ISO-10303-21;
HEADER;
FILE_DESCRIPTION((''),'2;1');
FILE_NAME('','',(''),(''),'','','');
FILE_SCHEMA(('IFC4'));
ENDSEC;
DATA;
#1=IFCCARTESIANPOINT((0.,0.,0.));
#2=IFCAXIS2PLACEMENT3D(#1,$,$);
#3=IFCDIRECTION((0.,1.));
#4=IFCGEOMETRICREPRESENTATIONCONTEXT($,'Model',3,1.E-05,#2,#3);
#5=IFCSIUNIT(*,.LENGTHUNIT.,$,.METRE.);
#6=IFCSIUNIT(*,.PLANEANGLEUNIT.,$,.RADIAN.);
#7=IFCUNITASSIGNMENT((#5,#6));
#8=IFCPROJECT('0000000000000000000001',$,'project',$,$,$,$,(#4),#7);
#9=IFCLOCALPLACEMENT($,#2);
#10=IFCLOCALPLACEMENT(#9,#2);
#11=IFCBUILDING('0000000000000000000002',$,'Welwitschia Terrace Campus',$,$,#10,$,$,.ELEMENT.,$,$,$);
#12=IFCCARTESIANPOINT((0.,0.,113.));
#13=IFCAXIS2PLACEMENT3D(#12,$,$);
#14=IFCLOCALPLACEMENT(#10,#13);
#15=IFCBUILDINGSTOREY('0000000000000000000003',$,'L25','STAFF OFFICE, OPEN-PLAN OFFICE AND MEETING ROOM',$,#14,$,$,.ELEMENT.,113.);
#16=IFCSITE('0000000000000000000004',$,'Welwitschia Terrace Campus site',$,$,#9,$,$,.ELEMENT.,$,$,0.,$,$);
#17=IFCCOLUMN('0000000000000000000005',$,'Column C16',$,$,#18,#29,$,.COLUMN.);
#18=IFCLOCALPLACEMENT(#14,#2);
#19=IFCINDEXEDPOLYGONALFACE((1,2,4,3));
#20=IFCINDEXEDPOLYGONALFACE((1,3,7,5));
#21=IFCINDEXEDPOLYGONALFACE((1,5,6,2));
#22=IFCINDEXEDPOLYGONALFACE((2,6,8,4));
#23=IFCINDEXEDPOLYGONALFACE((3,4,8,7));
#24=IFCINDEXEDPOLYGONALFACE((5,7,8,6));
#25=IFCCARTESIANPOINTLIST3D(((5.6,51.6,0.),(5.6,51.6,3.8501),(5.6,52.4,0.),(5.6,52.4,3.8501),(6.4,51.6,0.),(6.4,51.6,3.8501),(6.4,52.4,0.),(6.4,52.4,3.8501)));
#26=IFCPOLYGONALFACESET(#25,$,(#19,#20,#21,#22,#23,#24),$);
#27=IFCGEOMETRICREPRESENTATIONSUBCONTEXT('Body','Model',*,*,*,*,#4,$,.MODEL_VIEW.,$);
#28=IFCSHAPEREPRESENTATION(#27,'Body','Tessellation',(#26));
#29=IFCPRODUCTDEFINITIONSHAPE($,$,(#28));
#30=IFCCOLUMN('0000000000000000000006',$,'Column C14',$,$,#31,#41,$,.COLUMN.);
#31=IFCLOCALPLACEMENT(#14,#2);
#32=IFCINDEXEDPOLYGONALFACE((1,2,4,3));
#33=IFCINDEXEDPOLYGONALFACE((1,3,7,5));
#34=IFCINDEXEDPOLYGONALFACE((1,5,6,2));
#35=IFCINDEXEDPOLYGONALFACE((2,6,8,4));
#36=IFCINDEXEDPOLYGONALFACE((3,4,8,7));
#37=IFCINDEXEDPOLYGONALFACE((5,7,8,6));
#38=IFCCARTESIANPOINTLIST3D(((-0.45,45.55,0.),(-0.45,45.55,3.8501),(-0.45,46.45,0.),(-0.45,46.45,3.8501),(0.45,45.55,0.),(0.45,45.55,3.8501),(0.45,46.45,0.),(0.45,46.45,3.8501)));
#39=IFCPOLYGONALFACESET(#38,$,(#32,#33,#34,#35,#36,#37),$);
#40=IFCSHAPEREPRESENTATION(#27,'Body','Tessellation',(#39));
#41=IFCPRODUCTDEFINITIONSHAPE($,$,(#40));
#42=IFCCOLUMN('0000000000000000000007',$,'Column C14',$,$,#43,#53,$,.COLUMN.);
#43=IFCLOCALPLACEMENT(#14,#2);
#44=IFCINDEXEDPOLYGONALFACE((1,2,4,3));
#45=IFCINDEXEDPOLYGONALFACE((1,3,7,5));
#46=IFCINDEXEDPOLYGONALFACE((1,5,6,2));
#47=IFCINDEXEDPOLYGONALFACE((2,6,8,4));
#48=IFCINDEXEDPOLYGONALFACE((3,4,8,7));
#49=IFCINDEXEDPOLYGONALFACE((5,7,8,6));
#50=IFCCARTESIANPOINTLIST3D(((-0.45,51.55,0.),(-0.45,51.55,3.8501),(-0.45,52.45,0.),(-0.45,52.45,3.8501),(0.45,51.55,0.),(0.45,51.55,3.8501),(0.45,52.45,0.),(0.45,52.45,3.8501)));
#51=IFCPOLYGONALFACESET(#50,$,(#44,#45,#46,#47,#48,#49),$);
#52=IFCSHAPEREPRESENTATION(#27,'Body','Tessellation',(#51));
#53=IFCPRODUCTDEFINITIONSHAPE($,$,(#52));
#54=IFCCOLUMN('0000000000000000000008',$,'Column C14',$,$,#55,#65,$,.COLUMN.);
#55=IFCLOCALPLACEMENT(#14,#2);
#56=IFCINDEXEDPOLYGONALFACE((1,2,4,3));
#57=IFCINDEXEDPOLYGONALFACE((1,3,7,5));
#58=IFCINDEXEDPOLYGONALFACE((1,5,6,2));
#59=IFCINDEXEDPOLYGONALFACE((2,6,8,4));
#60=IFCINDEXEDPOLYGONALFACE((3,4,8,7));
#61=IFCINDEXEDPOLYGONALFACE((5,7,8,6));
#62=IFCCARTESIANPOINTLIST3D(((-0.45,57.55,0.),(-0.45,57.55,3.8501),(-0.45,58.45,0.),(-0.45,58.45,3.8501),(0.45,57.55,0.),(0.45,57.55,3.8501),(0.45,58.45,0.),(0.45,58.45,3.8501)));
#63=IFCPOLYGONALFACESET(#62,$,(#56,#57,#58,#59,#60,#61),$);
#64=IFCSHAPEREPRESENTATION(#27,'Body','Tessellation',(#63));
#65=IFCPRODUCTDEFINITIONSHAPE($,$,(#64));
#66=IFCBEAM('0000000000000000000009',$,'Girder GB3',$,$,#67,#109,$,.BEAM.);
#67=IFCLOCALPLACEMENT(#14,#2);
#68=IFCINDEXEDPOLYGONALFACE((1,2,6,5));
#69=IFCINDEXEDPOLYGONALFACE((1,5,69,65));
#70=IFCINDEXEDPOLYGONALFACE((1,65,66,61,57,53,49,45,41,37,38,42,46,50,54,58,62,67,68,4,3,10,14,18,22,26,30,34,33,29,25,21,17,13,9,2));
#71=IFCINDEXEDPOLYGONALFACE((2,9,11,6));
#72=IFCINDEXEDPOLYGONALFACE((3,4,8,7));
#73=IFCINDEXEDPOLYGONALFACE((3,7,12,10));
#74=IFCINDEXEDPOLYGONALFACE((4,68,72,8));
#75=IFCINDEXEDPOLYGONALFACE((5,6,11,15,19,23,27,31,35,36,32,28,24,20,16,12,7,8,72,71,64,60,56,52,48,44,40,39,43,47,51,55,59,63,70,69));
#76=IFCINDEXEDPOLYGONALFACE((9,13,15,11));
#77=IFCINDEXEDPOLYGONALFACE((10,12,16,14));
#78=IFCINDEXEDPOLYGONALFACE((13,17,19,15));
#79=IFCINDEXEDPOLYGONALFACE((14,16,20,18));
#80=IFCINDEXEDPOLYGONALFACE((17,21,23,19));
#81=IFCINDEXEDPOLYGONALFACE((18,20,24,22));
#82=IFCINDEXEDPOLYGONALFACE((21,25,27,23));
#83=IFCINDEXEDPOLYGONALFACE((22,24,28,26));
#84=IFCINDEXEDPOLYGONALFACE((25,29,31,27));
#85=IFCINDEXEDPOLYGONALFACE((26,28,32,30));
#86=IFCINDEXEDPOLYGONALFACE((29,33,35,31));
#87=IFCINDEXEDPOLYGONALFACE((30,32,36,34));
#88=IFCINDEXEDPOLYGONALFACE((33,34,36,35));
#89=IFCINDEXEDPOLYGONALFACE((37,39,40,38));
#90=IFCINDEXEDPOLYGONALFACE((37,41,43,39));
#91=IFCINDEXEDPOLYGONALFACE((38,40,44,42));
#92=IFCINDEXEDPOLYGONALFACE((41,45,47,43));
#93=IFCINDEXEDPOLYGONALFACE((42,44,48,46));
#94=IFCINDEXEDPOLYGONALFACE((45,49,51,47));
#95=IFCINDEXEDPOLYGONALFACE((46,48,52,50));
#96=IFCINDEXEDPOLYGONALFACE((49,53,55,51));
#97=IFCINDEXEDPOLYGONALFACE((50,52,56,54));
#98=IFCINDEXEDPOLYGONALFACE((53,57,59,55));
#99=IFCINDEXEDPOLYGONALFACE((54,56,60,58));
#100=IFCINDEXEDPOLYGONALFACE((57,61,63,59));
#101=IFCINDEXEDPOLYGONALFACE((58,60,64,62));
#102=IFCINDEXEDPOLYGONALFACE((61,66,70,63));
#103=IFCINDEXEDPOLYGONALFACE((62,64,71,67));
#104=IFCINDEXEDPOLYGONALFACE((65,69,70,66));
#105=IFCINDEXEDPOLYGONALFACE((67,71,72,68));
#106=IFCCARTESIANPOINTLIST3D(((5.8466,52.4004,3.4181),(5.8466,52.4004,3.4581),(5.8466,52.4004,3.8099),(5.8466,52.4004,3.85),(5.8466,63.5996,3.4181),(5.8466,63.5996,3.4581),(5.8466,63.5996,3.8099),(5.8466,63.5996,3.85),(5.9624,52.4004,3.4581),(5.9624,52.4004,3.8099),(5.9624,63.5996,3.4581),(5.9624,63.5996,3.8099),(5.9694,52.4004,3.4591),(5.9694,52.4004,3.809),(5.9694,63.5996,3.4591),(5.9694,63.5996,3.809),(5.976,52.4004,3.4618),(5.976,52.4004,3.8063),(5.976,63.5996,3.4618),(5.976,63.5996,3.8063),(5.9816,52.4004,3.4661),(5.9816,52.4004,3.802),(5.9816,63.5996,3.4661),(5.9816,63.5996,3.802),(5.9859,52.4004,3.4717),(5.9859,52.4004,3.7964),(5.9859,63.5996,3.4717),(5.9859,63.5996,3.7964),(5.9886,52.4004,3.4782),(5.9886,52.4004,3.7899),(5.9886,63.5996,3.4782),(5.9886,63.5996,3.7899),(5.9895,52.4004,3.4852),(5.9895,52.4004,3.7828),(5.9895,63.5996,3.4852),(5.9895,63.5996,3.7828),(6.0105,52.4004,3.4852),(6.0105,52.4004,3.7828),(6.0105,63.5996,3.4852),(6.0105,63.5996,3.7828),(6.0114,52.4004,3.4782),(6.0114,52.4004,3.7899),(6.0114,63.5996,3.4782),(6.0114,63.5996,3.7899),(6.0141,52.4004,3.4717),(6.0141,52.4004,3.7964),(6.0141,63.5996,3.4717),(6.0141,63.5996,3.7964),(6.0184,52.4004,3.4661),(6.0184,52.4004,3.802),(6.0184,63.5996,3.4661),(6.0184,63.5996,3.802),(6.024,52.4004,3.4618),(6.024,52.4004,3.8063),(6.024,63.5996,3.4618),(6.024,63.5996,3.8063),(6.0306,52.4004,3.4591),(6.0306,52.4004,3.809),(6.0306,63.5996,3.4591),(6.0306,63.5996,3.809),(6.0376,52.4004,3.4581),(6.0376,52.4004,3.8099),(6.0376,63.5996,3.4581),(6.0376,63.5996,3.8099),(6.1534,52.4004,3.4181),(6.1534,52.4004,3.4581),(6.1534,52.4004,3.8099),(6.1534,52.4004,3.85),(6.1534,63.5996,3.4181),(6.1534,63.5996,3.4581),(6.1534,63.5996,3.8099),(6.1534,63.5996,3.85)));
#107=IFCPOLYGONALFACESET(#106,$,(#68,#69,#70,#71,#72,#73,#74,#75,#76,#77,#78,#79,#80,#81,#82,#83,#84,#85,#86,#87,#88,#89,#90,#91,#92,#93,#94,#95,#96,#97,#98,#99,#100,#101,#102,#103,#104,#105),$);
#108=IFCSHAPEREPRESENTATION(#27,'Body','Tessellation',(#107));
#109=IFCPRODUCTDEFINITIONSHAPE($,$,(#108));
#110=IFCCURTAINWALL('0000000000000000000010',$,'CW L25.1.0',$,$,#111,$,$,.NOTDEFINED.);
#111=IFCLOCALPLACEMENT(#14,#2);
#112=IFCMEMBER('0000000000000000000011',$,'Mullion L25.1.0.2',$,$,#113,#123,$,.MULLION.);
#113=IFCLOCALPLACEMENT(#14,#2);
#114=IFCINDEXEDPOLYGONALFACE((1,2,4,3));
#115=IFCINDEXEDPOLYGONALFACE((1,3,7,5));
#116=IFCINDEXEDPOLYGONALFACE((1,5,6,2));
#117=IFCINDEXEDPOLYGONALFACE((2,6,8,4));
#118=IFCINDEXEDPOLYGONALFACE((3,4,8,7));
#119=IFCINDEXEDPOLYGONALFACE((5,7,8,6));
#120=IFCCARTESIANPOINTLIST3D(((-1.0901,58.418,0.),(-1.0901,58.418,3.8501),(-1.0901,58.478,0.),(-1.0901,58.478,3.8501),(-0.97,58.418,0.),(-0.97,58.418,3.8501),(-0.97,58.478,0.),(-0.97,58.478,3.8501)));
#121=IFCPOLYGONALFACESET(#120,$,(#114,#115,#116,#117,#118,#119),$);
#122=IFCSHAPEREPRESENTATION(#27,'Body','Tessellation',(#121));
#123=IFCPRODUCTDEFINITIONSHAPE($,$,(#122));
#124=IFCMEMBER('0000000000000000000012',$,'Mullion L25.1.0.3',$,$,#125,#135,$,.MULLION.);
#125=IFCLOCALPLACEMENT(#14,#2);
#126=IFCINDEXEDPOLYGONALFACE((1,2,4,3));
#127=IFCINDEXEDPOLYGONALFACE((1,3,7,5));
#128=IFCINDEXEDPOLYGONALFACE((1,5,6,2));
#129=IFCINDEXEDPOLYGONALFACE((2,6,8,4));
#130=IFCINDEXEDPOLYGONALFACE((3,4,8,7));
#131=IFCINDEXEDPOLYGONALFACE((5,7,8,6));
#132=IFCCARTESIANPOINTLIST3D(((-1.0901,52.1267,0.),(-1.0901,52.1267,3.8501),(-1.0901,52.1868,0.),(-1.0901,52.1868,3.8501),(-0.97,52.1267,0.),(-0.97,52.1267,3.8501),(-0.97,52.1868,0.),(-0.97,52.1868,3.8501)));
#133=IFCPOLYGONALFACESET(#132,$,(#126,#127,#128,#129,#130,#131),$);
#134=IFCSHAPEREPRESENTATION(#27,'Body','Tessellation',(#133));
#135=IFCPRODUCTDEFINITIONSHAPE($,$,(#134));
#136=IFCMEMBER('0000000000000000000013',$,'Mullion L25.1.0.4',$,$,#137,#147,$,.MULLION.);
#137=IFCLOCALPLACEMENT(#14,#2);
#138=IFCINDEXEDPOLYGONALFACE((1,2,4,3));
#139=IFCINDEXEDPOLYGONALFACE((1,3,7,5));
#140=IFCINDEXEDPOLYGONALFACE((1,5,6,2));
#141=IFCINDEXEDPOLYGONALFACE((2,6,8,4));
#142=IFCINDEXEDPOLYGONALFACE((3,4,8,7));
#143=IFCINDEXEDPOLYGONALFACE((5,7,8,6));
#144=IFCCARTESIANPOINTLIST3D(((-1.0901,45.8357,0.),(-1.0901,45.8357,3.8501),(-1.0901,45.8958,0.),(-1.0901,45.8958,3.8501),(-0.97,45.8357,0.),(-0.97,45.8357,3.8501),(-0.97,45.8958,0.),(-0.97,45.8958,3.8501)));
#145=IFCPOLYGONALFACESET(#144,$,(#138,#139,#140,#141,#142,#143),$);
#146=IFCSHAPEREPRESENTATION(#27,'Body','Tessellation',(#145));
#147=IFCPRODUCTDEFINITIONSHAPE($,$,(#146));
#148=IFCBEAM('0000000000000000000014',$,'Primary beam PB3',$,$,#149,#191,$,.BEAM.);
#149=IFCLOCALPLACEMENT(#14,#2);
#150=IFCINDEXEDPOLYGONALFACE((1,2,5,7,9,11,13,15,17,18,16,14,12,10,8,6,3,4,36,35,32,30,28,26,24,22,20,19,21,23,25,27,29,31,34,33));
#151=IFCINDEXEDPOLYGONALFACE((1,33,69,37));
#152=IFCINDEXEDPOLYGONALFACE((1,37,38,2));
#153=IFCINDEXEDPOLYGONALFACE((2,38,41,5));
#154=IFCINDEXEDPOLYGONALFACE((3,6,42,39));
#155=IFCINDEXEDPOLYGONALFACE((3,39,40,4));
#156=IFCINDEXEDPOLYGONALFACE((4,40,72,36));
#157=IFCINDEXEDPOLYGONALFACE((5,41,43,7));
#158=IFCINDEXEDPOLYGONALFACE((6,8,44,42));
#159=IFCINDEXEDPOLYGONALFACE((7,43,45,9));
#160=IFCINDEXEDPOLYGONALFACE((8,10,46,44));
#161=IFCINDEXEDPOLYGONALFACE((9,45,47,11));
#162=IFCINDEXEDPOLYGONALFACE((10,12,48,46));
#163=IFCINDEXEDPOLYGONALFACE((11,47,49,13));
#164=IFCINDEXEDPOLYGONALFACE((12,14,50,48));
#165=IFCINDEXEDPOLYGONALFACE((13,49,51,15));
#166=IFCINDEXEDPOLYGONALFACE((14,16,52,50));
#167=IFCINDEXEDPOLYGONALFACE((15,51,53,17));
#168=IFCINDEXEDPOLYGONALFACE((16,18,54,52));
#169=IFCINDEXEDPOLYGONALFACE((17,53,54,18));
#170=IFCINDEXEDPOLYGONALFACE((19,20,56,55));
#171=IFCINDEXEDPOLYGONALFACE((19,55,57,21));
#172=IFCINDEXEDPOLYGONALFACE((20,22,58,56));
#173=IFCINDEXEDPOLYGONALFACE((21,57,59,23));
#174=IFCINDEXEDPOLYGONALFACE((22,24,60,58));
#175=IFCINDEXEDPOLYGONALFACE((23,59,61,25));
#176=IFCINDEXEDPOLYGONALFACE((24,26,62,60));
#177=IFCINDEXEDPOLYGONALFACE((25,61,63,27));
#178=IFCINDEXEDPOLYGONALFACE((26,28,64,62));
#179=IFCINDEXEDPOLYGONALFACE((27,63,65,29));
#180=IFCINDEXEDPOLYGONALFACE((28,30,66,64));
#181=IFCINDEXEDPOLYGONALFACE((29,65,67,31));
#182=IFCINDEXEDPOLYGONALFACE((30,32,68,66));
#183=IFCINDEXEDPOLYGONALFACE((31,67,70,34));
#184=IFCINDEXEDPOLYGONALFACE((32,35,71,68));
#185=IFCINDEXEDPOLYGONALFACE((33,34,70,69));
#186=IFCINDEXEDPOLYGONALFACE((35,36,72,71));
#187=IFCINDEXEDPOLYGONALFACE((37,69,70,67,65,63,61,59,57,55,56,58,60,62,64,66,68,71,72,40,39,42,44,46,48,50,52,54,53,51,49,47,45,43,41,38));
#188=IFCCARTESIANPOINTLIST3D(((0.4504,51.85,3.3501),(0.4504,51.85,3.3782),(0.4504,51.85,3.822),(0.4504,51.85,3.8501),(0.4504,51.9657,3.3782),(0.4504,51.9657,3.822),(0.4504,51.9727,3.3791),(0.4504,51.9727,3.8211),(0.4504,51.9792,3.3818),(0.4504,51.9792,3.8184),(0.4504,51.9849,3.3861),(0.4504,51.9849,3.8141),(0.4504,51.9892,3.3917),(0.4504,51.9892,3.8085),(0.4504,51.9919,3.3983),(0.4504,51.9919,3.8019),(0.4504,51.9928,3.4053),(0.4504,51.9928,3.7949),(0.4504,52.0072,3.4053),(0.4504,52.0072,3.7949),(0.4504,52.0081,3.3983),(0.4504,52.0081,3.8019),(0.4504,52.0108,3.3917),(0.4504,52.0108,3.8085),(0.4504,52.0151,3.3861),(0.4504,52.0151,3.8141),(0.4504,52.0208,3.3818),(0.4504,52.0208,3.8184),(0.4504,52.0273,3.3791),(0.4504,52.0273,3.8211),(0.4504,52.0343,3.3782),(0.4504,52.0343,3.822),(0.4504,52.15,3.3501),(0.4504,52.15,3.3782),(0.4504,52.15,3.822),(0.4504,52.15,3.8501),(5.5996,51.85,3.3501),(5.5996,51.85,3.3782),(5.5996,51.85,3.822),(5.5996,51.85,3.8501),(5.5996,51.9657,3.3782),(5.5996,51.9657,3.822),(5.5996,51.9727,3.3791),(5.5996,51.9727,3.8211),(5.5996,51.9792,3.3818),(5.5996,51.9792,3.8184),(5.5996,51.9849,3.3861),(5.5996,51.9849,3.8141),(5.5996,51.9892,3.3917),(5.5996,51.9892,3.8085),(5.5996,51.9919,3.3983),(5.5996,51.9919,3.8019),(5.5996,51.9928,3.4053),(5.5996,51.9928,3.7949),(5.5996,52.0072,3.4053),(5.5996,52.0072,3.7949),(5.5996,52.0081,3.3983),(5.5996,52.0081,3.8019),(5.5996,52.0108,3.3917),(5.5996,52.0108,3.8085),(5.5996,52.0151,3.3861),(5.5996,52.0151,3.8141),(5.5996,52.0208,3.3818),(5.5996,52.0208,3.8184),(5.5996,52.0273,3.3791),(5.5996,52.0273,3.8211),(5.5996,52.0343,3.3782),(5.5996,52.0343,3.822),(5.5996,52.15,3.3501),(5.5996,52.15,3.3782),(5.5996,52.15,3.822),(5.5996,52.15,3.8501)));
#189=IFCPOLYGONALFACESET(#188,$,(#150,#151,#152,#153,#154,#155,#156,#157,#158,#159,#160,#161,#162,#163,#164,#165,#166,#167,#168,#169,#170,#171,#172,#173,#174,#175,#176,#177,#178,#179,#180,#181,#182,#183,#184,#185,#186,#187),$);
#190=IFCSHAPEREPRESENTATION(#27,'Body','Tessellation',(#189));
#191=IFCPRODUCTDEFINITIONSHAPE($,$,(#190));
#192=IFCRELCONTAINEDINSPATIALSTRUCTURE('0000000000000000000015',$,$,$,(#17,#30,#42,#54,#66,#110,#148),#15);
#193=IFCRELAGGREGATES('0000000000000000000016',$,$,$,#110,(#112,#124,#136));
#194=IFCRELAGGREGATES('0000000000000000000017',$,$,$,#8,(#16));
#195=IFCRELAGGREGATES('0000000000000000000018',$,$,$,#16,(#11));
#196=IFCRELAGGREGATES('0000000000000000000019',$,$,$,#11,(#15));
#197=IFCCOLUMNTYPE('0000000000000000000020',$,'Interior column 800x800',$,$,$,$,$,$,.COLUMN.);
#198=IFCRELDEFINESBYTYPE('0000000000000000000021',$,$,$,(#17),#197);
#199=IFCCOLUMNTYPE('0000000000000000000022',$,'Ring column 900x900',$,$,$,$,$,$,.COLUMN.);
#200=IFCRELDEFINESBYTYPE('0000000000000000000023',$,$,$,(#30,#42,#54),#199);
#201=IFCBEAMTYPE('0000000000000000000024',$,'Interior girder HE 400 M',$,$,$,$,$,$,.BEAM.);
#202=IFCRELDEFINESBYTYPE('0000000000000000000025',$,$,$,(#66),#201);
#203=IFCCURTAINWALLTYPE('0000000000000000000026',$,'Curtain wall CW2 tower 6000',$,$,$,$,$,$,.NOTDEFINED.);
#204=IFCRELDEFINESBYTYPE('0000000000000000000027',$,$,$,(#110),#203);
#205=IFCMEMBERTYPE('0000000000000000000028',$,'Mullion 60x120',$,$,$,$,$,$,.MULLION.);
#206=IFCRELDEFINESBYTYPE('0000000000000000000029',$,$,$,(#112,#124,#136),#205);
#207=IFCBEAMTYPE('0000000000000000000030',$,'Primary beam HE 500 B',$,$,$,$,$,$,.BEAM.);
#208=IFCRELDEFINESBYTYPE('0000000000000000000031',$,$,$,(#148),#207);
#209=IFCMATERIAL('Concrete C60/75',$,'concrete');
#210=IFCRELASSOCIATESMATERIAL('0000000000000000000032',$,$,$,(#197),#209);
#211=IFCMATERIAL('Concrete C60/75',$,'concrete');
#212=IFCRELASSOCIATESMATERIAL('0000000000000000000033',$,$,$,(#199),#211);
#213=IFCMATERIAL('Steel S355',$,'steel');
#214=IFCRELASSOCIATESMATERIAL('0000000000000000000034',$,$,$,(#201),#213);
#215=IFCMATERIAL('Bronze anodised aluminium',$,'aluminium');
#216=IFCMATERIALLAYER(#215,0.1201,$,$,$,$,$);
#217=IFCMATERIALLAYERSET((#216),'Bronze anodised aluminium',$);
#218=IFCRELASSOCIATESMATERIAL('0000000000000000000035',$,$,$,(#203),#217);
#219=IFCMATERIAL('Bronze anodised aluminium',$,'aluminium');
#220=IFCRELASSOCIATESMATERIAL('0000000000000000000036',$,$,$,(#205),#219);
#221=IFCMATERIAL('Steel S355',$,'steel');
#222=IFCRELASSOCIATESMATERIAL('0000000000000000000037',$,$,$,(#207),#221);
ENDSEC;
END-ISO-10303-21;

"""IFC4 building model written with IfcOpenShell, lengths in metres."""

from ifc_helpers import new_model, si_unit, direction, frame, origin, origin_2d, place, context, subcontext, project, spatial, rectangle, i_section, extrude, material, layer, layer_set, material_profile, profile_set, type_object, element, aggregate, save


model = new_model("IFC4")

# Units and contexts
model_context = context("Model", 3, precision=1e-05, world=origin(), true_north=direction((0.0, 1.0)))
body_context = subcontext(model_context, "Body", "Model", "MODEL_VIEW")
ifc_project = project(units=[si_unit("LENGTHUNIT", "METRE"), si_unit("PLANEANGLEUNIT", "RADIAN")], contexts=[model_context])

# Site, building, storey
site_placement = place(None, origin())
site = spatial("IfcSite", under=ifc_project, at=site_placement, Name="Welwitschia Terrace Campus site", CompositionType="ELEMENT", RefElevation=0.0)
building_placement = place(site_placement, origin())
building = spatial("IfcBuilding", under=site, at=building_placement, Name="Welwitschia Terrace Campus", CompositionType="ELEMENT")
storey_placement = place(building_placement, frame((0.0, 0.0, 113.0)))
storey = spatial("IfcBuildingStorey", under=building, at=storey_placement, Name="L25", Description="STAFF OFFICE, OPEN-PLAN OFFICE AND MEETING ROOM", CompositionType="ELEMENT", Elevation=113.0)

# Columns
ifc_material_1 = material(Name="Concrete C60/75", Category="concrete")
ifc_material_profile_1 = material_profile(ifc_material_1, rectangle(XDim=0.8, YDim=0.8, at=origin_2d()))
ifc_profile_set_1 = profile_set([ifc_material_profile_1], Name="Concrete C60/75")
column_type_1 = type_object("IfcColumnType", Name="Interior column 800x800", PredefinedType="COLUMN", material=ifc_profile_set_1)
column_placement = place(storey_placement, frame((6.0, 52.0, 0.0), z_axis=(0.0, 0.0, 1.0), x_axis=(1.0, 0.0, 0.0)))
element("IfcColumn", 1, at=column_placement, inside=storey, type_object=column_type_1, Name="Column C16", PredefinedType="COLUMN", context=body_context, shape_type="SweptSolid", body=[
    extrude(rectangle(XDim=0.8, YDim=0.8, at=origin_2d()), origin(), (0.0, 0.0, 1.0), 3.8501),
])
ifc_material_2 = material(Name="Concrete C60/75", Category="concrete")
ifc_material_profile_2 = material_profile(ifc_material_2, rectangle(XDim=0.8999, YDim=0.8999, at=origin_2d()))
ifc_profile_set_2 = profile_set([ifc_material_profile_2], Name="Concrete C60/75")
column_type_2 = type_object("IfcColumnType", Name="Ring column 900x900", PredefinedType="COLUMN", material=ifc_profile_set_2)
for number, where, z_axis, x_axis, name in (
    (2, (0.0, 46.0, 0.0), (0.0, 0.0, 1.0), (1.0, 0.0, 0.0), "Column C14"),
    (3, (0.0, 52.0, 0.0), (0.0, 0.0, 1.0), (1.0, 0.0, 0.0), "Column C14"),
    (4, (0.0, 58.0, 0.0), (0.0, 0.0, 1.0), (1.0, 0.0, 0.0), "Column C14"),
):
    element("IfcColumn", number, at=place(storey_placement, frame(where, z_axis=z_axis, x_axis=x_axis)), inside=storey, type_object=column_type_2, Name=name, PredefinedType="COLUMN", context=body_context, shape_type="SweptSolid", body=[
        extrude(rectangle(XDim=0.8999, YDim=0.8999, at=origin_2d()), origin(), (0.0, 0.0, 1.0), 3.8501),
    ])

# Beam
ifc_material_3 = material(Name="Steel S355", Category="steel")
ifc_material_profile_3 = material_profile(ifc_material_3, i_section(OverallWidth=0.3069, OverallDepth=0.4319, WebThickness=0.021, FlangeThickness=0.04, FilletRadius=0.0271, at=origin_2d()))
ifc_profile_set_3 = profile_set([ifc_material_profile_3], Name="Steel S355")
beam_type_1 = type_object("IfcBeamType", Name="Interior girder HE 400 M", PredefinedType="BEAM", material=ifc_profile_set_3)
beam_1_placement = place(storey_placement, frame((6.0, 52.4004, 3.634), z_axis=(0.0, 1.0, 0.0), x_axis=(-1.0, 0.0, 0.0)))
element("IfcBeam", 5, at=beam_1_placement, inside=storey, type_object=beam_type_1, Name="Girder GB3", PredefinedType="BEAM", context=body_context, shape_type="SweptSolid", body=[
    extrude(i_section(OverallWidth=0.3069, OverallDepth=0.4319, WebThickness=0.021, FlangeThickness=0.04, FilletRadius=0.0271, at=origin_2d()), origin(), (0.0, 0.0, 1.0), 11.1992),
])

# Curtain wall, members
ifc_material_4 = material(Name="Bronze anodised aluminium", Category="aluminium")
ifc_layer_1 = layer(ifc_material_4, 0.1201)
ifc_layer_set_1 = layer_set([ifc_layer_1], Name="Bronze anodised aluminium")
curtain_wall_type = type_object("IfcCurtainWallType", Name="Curtain wall CW2 tower 6000", PredefinedType="NOTDEFINED", material=ifc_layer_set_1)
curtain_wall_placement = place(storey_placement, origin())
curtain_wall = element("IfcCurtainWall", 6, at=curtain_wall_placement, inside=storey, type_object=curtain_wall_type, Name="CW L25.1.0", PredefinedType="NOTDEFINED")
ifc_material_5 = material(Name="Bronze anodised aluminium", Category="aluminium")
ifc_material_profile_4 = material_profile(ifc_material_5, rectangle(XDim=0.1201, YDim=0.0601, at=origin_2d()))
ifc_profile_set_4 = profile_set([ifc_material_profile_4], Name="Bronze anodised aluminium")
member_type = type_object("IfcMemberType", Name="Mullion 60x120", PredefinedType="MULLION", material=ifc_profile_set_4)
member_1_placement = place(storey_placement, frame((-1.03, 58.448, 0.0), z_axis=(0.0, 0.0, 1.0), x_axis=(1.0, 0.0, 0.0)))
member_1 = element("IfcMember", 7, at=member_1_placement, type_object=member_type, Name="Mullion L25.1.0.2", PredefinedType="MULLION", context=body_context, shape_type="SweptSolid", body=[
    extrude(rectangle(XDim=0.1201, YDim=0.0601, at=origin_2d()), origin(), (0.0, 0.0, 1.0), 3.8501),
])
member_2_placement = place(storey_placement, frame((-1.03, 52.1567, 0.0), z_axis=(0.0, 0.0, 1.0), x_axis=(1.0, 0.0, 0.0)))
member_2 = element("IfcMember", 8, at=member_2_placement, type_object=member_type, Name="Mullion L25.1.0.3", PredefinedType="MULLION", context=body_context, shape_type="SweptSolid", body=[
    extrude(rectangle(XDim=0.1201, YDim=0.0601, at=origin_2d()), origin(), (0.0, 0.0, 1.0), 3.8501),
])
member_3_placement = place(storey_placement, frame((-1.03, 45.8657, 0.0), z_axis=(0.0, 0.0, 1.0), x_axis=(1.0, 0.0, 0.0)))
member_3 = element("IfcMember", 9, at=member_3_placement, type_object=member_type, Name="Mullion L25.1.0.4", PredefinedType="MULLION", context=body_context, shape_type="SweptSolid", body=[
    extrude(rectangle(XDim=0.1201, YDim=0.0601, at=origin_2d()), origin(), (0.0, 0.0, 1.0), 3.8501),
])

# Beam
ifc_material_6 = material(Name="Steel S355", Category="steel")
ifc_material_profile_5 = material_profile(ifc_material_6, i_section(OverallWidth=0.3, OverallDepth=0.5, WebThickness=0.0144, FlangeThickness=0.0281, FilletRadius=0.0271, at=origin_2d()))
ifc_profile_set_5 = profile_set([ifc_material_profile_5], Name="Steel S355")
beam_type_2 = type_object("IfcBeamType", Name="Primary beam HE 500 B", PredefinedType="BEAM", material=ifc_profile_set_5)
beam_2_placement = place(storey_placement, frame((0.4504, 52.0, 3.6001), z_axis=(1.0, 0.0, 0.0), x_axis=(0.0, 1.0, 0.0)))
element("IfcBeam", 10, at=beam_2_placement, inside=storey, type_object=beam_type_2, Name="Primary beam PB3", PredefinedType="BEAM", context=body_context, shape_type="SweptSolid", body=[
    extrude(i_section(OverallWidth=0.3, OverallDepth=0.5, WebThickness=0.0144, FlangeThickness=0.0281, FilletRadius=0.0271, at=origin_2d()), origin(), (0.0, 0.0, 1.0), 5.1492),
])

aggregate(curtain_wall, [member_1, member_2, member_3])

save(model, "model.ifc")
